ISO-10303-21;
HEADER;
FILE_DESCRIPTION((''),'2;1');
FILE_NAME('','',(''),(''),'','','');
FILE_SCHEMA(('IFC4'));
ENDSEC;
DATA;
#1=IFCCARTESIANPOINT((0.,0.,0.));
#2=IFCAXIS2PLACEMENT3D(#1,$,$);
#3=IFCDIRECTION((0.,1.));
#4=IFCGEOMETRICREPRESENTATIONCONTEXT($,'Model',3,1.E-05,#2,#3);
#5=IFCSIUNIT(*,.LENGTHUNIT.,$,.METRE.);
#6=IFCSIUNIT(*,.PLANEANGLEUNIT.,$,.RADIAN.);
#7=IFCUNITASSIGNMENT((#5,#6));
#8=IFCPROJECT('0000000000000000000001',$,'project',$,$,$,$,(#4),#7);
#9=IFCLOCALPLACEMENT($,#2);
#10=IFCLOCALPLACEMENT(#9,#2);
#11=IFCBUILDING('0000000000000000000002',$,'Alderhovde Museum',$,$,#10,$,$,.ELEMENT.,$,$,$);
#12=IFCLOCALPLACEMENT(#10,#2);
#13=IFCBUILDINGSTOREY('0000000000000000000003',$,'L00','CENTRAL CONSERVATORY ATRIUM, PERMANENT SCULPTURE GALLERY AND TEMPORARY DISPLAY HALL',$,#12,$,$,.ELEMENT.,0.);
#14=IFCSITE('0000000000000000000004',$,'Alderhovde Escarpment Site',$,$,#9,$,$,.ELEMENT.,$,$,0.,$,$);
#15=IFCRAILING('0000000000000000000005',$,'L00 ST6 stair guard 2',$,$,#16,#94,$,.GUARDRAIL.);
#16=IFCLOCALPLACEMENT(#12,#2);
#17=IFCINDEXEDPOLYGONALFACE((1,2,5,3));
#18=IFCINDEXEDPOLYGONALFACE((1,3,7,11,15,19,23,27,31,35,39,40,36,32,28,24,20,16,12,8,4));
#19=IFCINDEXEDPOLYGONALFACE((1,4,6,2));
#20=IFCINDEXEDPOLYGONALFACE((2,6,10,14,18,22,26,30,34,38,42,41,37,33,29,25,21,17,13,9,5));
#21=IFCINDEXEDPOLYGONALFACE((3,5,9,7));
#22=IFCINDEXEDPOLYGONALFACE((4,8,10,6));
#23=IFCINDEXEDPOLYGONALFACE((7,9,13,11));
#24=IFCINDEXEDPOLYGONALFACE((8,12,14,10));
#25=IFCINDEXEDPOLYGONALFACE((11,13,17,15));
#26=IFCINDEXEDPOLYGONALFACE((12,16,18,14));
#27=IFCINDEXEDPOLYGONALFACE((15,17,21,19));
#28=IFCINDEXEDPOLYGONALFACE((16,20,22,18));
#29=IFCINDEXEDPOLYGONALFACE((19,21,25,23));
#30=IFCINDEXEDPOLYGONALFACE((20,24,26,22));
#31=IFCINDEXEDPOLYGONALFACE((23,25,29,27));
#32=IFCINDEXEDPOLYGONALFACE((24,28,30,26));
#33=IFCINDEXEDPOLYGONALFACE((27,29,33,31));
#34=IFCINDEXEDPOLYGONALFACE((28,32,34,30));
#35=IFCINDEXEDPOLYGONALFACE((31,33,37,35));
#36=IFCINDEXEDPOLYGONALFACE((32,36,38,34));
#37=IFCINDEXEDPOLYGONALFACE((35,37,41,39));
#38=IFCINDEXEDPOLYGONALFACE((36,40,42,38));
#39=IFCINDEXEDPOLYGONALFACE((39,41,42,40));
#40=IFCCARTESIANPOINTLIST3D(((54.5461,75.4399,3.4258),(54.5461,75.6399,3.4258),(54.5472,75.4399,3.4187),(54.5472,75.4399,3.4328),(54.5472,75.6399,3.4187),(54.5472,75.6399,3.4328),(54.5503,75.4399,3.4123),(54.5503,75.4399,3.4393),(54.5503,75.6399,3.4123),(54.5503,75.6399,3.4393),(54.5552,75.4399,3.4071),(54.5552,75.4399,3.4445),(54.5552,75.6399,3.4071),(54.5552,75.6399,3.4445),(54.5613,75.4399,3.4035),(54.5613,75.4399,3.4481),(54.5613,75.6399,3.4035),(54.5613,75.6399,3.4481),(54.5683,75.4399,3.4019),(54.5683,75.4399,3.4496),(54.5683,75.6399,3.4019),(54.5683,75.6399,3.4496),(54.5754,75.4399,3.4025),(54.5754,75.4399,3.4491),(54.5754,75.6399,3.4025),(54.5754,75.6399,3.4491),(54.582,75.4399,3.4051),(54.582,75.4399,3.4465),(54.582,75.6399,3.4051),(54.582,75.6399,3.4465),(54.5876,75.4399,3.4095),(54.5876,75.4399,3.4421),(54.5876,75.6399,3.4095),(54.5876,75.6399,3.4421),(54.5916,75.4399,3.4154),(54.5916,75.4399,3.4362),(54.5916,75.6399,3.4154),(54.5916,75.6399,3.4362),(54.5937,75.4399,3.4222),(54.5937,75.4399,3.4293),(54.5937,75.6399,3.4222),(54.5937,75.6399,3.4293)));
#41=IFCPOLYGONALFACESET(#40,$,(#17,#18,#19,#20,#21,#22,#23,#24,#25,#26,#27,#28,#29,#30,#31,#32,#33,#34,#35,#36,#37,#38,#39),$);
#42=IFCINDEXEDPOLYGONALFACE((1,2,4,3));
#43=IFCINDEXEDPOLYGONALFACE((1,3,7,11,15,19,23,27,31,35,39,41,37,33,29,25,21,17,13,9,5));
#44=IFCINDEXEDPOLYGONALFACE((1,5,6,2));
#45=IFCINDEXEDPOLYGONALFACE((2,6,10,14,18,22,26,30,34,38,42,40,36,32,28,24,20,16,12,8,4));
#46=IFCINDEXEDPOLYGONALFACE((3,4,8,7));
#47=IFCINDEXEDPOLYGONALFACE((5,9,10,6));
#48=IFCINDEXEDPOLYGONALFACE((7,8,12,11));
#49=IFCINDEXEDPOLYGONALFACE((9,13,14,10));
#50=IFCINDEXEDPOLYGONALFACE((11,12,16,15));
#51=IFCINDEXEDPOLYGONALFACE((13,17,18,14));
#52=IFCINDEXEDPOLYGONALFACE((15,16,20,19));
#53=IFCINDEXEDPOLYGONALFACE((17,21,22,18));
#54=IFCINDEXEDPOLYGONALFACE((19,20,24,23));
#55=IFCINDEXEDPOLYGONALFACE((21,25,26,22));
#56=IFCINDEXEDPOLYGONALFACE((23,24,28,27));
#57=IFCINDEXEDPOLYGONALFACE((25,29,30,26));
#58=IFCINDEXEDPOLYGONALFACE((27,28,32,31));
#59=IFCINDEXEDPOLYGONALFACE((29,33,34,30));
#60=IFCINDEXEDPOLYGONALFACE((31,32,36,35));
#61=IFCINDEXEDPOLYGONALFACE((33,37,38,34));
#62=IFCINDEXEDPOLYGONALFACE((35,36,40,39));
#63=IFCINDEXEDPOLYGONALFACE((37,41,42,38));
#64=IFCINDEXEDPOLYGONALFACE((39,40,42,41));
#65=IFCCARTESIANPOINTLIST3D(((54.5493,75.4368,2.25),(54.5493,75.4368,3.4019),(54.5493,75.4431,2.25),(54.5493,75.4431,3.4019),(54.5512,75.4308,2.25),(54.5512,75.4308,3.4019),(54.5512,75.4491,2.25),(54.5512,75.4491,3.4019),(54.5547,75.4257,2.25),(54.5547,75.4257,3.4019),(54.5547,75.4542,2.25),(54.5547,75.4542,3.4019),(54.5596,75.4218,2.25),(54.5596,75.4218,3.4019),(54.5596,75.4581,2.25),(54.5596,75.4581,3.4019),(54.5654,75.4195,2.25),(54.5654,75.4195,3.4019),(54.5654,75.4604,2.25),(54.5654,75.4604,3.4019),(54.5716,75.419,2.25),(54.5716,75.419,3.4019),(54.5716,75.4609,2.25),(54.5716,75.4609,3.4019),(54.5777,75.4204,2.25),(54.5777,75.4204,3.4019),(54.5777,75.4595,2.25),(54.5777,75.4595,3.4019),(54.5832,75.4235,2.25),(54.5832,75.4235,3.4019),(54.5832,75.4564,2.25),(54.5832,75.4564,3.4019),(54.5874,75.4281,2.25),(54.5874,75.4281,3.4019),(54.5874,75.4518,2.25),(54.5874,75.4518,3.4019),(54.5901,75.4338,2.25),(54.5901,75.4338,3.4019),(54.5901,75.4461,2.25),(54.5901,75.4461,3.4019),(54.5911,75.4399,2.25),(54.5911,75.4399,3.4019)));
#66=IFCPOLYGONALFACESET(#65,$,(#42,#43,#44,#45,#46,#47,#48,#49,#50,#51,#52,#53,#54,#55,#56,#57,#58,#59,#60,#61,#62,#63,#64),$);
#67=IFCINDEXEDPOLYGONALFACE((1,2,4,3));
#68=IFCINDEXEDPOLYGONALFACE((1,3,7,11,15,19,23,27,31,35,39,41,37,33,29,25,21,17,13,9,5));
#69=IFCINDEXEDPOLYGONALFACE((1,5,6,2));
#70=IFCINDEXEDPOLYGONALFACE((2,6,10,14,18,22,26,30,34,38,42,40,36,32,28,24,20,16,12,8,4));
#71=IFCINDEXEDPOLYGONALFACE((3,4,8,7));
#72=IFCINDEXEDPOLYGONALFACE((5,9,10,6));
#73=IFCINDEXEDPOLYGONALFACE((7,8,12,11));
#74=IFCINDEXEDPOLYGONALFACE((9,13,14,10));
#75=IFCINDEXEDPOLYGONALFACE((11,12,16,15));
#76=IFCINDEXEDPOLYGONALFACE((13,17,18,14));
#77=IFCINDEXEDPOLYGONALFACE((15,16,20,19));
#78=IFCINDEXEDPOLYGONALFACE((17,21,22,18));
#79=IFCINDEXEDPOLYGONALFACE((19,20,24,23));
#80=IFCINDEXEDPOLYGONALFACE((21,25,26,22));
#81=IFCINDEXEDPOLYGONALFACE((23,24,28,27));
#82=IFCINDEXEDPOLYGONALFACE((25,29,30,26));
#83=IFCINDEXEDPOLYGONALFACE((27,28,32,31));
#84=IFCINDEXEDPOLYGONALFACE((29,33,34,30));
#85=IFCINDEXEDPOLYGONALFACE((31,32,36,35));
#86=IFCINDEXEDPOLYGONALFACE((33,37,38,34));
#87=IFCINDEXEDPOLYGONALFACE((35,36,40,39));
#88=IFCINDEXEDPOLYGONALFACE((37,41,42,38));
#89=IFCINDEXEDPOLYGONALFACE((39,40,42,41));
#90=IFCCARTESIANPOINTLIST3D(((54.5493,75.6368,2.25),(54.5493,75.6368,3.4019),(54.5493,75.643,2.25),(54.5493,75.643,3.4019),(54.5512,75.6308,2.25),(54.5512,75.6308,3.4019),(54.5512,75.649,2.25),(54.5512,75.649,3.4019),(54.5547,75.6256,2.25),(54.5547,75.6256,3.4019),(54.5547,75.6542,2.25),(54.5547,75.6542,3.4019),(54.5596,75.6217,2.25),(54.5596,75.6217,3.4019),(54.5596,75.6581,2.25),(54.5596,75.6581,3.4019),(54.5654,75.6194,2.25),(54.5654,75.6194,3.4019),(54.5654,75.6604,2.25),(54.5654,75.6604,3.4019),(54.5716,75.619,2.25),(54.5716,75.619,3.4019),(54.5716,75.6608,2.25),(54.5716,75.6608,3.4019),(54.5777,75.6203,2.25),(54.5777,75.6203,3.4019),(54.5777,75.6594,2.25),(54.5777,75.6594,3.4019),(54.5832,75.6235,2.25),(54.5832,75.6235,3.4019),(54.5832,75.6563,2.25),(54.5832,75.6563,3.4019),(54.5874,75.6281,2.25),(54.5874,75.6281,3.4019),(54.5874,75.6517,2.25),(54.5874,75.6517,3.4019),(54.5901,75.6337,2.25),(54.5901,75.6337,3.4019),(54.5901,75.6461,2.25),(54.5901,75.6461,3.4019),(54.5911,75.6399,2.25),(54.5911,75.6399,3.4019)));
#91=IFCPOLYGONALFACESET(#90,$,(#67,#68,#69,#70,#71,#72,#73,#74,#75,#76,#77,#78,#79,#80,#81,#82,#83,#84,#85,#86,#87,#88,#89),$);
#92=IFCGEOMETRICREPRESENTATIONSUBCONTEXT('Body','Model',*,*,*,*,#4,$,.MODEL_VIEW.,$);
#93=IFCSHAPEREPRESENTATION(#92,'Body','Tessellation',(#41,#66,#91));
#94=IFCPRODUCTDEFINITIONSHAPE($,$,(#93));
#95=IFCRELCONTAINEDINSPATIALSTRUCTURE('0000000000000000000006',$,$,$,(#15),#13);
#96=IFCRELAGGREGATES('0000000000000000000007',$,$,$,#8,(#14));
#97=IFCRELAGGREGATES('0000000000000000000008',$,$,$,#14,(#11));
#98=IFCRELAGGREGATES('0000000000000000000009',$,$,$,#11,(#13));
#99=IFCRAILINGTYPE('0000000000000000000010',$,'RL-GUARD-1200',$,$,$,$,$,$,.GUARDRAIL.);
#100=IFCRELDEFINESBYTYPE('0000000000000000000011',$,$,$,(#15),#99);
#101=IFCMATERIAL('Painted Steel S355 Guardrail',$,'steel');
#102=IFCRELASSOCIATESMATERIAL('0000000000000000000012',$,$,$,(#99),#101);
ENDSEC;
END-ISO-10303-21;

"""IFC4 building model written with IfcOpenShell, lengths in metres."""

from ifc_helpers import new_model, si_unit, direction, frame, origin, origin_2d, place, context, subcontext, project, spatial, circle, extrude, material, type_object, element, save


model = new_model("IFC4")

# Units and contexts
model_context = context("Model", 3, precision=1e-05, world=origin(), true_north=direction((0.0, 1.0)))
body_context = subcontext(model_context, "Body", "Model", "MODEL_VIEW")
ifc_project = project(units=[si_unit("LENGTHUNIT", "METRE"), si_unit("PLANEANGLEUNIT", "RADIAN")], contexts=[model_context])

# Site, building, storey
site_placement = place(None, origin())
site = spatial("IfcSite", under=ifc_project, at=site_placement, Name="Alderhovde Escarpment Site", CompositionType="ELEMENT", RefElevation=0.0)
building_placement = place(site_placement, origin())
building = spatial("IfcBuilding", under=site, at=building_placement, Name="Alderhovde Museum", CompositionType="ELEMENT")
storey_placement = place(building_placement, origin())
storey = spatial("IfcBuildingStorey", under=building, at=storey_placement, Name="L00", Description="CENTRAL CONSERVATORY ATRIUM, PERMANENT SCULPTURE GALLERY AND TEMPORARY DISPLAY HALL", CompositionType="ELEMENT", Elevation=0.0)

# Railing
ifc_material_1 = material(Name="Painted Steel S355 Guardrail", Category="steel")
railing_type_1 = type_object("IfcRailingType", Name="RL-GUARD-1200", PredefinedType="GUARDRAIL", material=ifc_material_1)
railing_1_placement = place(storey_placement, frame((54.5701, 75.4399, 2.25)))
element("IfcRailing", 1, at=railing_1_placement, inside=storey, type_object=railing_type_1, Name="L00 ST6 stair guard 2", PredefinedType="GUARDRAIL", context=body_context, shape_type="SweptSolid", body=[
    extrude(circle(Radius=0.0239, at=origin_2d()), frame((0.0, 0.0, 1.1758), z_axis=(0.0, 1.0, 0.0), x_axis=(-1.0, 0.0, 0.0)), (0.0, 0.0, 1.0), 0.2),
    extrude(circle(Radius=0.021, at=origin_2d()), origin(), (0.0, 0.0, 1.0), 1.1519),
    extrude(circle(Radius=0.021, at=origin_2d()), frame((0.0, 0.2, 0.0)), (0.0, 0.0, 1.0), 1.1519),
])

save(model, "model.ifc")
